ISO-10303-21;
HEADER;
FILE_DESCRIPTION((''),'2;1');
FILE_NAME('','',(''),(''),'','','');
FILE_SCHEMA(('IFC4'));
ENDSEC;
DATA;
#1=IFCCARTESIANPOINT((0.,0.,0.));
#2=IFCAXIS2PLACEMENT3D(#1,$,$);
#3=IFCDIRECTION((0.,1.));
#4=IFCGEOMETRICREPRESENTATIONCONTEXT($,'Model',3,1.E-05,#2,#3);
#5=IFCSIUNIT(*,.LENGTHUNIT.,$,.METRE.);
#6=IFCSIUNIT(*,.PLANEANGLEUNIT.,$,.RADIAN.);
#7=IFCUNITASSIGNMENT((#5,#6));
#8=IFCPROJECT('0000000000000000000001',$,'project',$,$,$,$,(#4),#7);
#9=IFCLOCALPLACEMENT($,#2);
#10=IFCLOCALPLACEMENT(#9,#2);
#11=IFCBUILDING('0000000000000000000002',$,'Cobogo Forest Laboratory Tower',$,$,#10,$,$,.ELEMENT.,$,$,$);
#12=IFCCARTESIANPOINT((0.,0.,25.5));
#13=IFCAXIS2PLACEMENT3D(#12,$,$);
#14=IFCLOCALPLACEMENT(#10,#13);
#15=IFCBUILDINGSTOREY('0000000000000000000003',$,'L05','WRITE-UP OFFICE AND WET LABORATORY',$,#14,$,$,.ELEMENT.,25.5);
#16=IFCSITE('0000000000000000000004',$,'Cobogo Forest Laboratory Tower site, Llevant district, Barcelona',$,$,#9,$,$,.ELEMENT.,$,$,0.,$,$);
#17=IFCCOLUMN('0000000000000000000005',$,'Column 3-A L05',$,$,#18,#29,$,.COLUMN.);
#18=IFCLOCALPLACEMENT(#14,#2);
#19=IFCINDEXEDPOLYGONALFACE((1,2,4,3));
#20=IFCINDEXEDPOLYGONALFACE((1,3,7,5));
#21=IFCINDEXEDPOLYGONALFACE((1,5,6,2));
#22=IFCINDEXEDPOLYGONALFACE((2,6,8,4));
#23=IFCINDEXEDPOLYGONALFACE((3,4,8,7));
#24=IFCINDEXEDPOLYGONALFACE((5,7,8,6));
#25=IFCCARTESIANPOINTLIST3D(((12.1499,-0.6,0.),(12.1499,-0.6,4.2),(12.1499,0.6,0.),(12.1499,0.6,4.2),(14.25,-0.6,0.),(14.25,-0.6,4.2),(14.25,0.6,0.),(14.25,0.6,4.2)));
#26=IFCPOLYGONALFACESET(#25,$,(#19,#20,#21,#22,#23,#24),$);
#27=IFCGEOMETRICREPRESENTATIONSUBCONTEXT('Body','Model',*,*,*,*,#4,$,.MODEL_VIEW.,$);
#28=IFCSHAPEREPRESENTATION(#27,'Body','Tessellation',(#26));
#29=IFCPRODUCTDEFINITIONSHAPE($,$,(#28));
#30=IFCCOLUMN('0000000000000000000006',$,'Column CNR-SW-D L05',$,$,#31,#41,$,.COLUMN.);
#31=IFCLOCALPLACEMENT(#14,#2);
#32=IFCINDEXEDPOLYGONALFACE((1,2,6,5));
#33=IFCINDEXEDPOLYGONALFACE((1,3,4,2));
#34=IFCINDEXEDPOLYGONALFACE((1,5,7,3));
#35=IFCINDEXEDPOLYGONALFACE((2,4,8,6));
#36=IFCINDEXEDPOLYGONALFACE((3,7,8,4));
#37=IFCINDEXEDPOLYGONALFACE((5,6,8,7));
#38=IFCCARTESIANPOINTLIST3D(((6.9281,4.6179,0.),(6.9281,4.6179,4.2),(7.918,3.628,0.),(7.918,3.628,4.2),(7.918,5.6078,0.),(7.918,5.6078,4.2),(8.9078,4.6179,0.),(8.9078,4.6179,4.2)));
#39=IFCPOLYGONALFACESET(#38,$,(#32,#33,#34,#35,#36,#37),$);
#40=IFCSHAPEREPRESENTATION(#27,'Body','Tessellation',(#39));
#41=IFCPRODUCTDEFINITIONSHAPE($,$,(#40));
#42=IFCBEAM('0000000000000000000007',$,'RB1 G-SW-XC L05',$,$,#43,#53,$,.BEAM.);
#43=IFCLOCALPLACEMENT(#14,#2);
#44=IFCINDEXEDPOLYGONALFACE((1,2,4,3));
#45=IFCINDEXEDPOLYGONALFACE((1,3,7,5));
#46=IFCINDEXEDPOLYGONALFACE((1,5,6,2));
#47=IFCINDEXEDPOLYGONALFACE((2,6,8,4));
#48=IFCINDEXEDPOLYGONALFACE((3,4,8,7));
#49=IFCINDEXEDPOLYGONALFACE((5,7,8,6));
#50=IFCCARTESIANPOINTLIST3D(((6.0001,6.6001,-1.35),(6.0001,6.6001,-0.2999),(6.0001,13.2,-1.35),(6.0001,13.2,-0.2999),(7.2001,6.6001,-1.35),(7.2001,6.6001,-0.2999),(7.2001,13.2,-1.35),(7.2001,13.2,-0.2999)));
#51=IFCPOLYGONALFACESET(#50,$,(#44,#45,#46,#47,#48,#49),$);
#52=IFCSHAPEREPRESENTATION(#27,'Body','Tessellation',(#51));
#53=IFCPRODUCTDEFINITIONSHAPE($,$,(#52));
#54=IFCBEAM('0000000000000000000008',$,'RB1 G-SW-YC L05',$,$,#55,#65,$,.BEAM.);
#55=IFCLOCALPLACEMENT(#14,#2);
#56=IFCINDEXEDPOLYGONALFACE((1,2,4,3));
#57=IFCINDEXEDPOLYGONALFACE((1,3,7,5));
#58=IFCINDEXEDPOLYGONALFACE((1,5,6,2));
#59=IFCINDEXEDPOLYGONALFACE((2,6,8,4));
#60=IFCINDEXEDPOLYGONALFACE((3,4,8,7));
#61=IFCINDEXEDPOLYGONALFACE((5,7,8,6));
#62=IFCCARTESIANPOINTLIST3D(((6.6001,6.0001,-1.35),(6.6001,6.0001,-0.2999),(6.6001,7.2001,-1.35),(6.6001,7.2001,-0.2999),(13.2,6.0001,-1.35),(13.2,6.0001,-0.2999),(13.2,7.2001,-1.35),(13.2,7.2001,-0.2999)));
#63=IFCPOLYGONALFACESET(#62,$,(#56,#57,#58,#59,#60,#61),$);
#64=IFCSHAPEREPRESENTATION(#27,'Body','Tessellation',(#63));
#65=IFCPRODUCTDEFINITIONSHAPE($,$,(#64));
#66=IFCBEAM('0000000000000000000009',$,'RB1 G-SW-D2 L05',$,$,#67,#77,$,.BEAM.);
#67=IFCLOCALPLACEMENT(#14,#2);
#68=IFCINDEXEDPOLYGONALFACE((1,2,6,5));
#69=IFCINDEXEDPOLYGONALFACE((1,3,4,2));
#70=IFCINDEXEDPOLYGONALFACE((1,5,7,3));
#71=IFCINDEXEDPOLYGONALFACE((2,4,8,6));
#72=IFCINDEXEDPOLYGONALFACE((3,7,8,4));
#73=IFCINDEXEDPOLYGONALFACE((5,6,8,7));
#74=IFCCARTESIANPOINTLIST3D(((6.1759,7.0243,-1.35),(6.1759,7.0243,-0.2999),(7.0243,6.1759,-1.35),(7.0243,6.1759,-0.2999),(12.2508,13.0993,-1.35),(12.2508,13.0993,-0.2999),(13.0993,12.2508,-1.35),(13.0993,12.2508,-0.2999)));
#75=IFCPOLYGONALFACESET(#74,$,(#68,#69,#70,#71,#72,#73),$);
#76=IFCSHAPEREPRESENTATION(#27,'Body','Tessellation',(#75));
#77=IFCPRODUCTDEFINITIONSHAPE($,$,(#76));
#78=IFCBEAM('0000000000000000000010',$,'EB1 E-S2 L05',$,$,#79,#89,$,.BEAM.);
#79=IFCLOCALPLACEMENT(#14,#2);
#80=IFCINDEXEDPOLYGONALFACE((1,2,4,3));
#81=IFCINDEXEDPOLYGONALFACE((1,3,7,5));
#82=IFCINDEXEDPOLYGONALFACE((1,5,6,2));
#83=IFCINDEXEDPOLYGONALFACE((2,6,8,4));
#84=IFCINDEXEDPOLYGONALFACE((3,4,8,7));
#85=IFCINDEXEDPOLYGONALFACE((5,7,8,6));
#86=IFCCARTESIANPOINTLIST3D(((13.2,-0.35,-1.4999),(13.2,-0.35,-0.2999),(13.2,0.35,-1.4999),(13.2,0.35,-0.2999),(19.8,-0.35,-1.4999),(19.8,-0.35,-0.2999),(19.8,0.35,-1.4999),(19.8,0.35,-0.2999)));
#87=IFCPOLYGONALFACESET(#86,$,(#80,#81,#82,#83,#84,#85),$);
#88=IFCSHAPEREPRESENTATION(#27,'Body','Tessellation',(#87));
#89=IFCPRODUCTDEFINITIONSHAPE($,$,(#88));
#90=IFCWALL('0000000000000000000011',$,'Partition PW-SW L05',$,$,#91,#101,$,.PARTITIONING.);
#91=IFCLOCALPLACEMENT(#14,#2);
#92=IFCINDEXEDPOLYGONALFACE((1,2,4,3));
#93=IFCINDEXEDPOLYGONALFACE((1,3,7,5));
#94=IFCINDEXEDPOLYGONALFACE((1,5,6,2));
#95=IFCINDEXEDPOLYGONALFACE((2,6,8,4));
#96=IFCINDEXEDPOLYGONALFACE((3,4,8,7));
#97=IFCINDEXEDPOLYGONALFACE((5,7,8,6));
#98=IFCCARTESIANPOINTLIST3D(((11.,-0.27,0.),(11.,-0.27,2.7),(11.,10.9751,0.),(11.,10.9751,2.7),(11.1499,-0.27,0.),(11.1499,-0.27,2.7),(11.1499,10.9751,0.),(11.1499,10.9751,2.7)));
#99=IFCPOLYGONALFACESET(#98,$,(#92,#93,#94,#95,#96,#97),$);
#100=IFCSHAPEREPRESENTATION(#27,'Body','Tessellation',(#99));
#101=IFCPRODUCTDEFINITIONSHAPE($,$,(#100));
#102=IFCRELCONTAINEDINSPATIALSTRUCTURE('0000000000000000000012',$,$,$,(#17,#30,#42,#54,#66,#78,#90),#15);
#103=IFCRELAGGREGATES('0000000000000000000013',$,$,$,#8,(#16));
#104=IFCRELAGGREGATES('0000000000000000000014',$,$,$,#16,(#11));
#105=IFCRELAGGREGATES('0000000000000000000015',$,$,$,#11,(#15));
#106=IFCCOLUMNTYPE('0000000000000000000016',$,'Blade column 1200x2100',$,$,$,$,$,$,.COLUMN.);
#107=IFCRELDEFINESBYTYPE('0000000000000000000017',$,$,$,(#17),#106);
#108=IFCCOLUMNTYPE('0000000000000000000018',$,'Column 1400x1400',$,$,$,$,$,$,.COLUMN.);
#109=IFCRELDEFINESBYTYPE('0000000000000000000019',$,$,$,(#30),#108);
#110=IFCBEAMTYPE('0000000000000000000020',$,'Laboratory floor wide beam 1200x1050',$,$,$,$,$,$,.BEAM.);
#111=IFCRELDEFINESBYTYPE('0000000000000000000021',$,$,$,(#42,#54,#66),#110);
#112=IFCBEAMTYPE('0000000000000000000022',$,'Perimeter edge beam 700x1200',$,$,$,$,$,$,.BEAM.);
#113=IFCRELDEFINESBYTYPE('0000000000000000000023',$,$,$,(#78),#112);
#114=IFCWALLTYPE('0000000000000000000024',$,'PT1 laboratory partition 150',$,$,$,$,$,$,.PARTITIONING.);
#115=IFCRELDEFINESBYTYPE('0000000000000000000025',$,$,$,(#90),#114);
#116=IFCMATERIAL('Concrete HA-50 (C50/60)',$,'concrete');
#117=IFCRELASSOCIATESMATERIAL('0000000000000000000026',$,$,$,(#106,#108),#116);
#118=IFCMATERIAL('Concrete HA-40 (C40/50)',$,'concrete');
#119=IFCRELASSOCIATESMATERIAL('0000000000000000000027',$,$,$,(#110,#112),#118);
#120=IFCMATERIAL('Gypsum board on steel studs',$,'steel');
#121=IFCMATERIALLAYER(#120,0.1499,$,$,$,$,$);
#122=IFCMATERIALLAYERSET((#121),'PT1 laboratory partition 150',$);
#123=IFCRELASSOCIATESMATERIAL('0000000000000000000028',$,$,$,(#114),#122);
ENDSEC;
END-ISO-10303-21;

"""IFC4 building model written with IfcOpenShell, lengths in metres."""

from ifc_helpers import new_model, si_unit, direction, frame, frame_2d, origin, origin_2d, place, context, subcontext, project, spatial, rectangle, extrude, material, layer, layer_set, material_profile, profile_set, type_object, element, save


model = new_model("IFC4")

# Units and contexts
model_context = context("Model", 3, precision=1e-05, world=origin(), true_north=direction((0.0, 1.0)))
body_context = subcontext(model_context, "Body", "Model", "MODEL_VIEW")
ifc_project = project(units=[si_unit("LENGTHUNIT", "METRE"), si_unit("PLANEANGLEUNIT", "RADIAN")], contexts=[model_context])

# Site, building, storey
site_placement = place(None, origin())
site = spatial("IfcSite", under=ifc_project, at=site_placement, Name="Cobogo Forest Laboratory Tower site, Llevant district, Barcelona", CompositionType="ELEMENT", RefElevation=0.0)
building_placement = place(site_placement, origin())
building = spatial("IfcBuilding", under=site, at=building_placement, Name="Cobogo Forest Laboratory Tower", CompositionType="ELEMENT")
storey_placement = place(building_placement, frame((0.0, 0.0, 25.5)))
storey = spatial("IfcBuildingStorey", under=building, at=storey_placement, Name="L05", Description="WRITE-UP OFFICE AND WET LABORATORY", CompositionType="ELEMENT", Elevation=25.5)

# Columns
ifc_material_1 = material(Name="Concrete HA-50 (C50/60)", Category="concrete")
ifc_material_profile_1 = material_profile(ifc_material_1, rectangle(XDim=2.1001, YDim=1.2, at=origin_2d()), Name="RC 1200x2100")
ifc_profile_set_1 = profile_set([ifc_material_profile_1], Name="Concrete HA-50 (C50/60)")
column_type_1 = type_object("IfcColumnType", Name="Blade column 1200x2100", PredefinedType="COLUMN", material=ifc_profile_set_1)
column_1_placement = place(storey_placement, frame((13.2, 0.0, 0.0), z_axis=(0.0, 0.0, 1.0), x_axis=(1.0, 0.0, 0.0)))
element("IfcColumn", 1, at=column_1_placement, inside=storey, type_object=column_type_1, Name="Column 3-A L05", PredefinedType="COLUMN", context=body_context, shape_type="SweptSolid", body=[
    extrude(rectangle(XDim=2.1001, YDim=1.2, at=origin_2d()), origin(), (0.0, 0.0, 1.0), 4.2),
])
ifc_material_profile_2 = material_profile(ifc_material_1, rectangle(XDim=1.3999, YDim=1.3999, at=origin_2d()), Name="RC 1400x1400")
ifc_profile_set_2 = profile_set([ifc_material_profile_2], Name="Concrete HA-50 (C50/60)")
column_type_2 = type_object("IfcColumnType", Name="Column 1400x1400", PredefinedType="COLUMN", material=ifc_profile_set_2)
column_2_placement = place(storey_placement, frame((7.918, 4.6179, 0.0), z_axis=(0.0, 0.0, 1.0), x_axis=(0.707107, 0.707107, 0.0)))
element("IfcColumn", 2, at=column_2_placement, inside=storey, type_object=column_type_2, Name="Column CNR-SW-D L05", PredefinedType="COLUMN", context=body_context, shape_type="SweptSolid", body=[
    extrude(rectangle(XDim=1.3999, YDim=1.3999, at=origin_2d()), origin(), (0.0, 0.0, 1.0), 4.2),
])

# Beams
ifc_material_2 = material(Name="Concrete HA-40 (C40/50)", Category="concrete")
ifc_material_profile_3 = material_profile(ifc_material_2, rectangle(XDim=1.2, YDim=1.05, at=origin_2d()), Name="RC 1200x1050")
ifc_profile_set_3 = profile_set([ifc_material_profile_3], Name="Concrete HA-40 (C40/50)")
beam_type_1 = type_object("IfcBeamType", Name="Laboratory floor wide beam 1200x1050", PredefinedType="BEAM", material=ifc_profile_set_3)
for number, where, z_axis, x_axis, name in (
    (3, (6.6001, 6.6001, -0.825), (0.0, 1.0, 0.0), (-1.0, 0.0, 0.0), "RB1 G-SW-XC L05"),
    (4, (6.6001, 6.6001, -0.825), (1.0, 0.0, 0.0), (0.0, 1.0, 0.0), "RB1 G-SW-YC L05"),
):
    element("IfcBeam", number, at=place(storey_placement, frame(where, z_axis=z_axis, x_axis=x_axis)), inside=storey, type_object=beam_type_1, Name=name, PredefinedType="BEAM", context=body_context, shape_type="SweptSolid", body=[
        extrude(rectangle(XDim=1.2, YDim=1.05, at=origin_2d()), origin(), (0.0, 0.0, 1.0), 6.5999),
    ])
beam_1_placement = place(storey_placement, frame((6.6001, 6.6001, -0.825), z_axis=(0.707107, 0.707107, 0.0), x_axis=(-0.707107, 0.707107, 0.0)))
element("IfcBeam", 5, at=beam_1_placement, inside=storey, type_object=beam_type_1, Name="RB1 G-SW-D2 L05", PredefinedType="BEAM", context=body_context, shape_type="SweptSolid", body=[
    extrude(rectangle(XDim=1.2, YDim=1.05, at=origin_2d()), origin(), (0.0, 0.0, 1.0), 8.5913),
])
ifc_material_profile_4 = material_profile(ifc_material_2, rectangle(XDim=0.7, YDim=1.2, at=origin_2d()), Name="RC 700x1200")
ifc_profile_set_4 = profile_set([ifc_material_profile_4], Name="Concrete HA-40 (C40/50)")
beam_type_2 = type_object("IfcBeamType", Name="Perimeter edge beam 700x1200", PredefinedType="BEAM", material=ifc_profile_set_4)
beam_2_placement = place(storey_placement, frame((13.2, 0.0, -0.8999), z_axis=(1.0, 0.0, 0.0), x_axis=(0.0, 1.0, 0.0)))
element("IfcBeam", 6, at=beam_2_placement, inside=storey, type_object=beam_type_2, Name="EB1 E-S2 L05", PredefinedType="BEAM", context=body_context, shape_type="SweptSolid", body=[
    extrude(rectangle(XDim=0.7, YDim=1.2, at=origin_2d()), origin(), (0.0, 0.0, 1.0), 6.6001),
])

# Wall
ifc_material_3 = material(Name="Gypsum board on steel studs", Category="steel")
ifc_layer_1 = layer(ifc_material_3, 0.1499)
ifc_layer_set_1 = layer_set([ifc_layer_1], Name="PT1 laboratory partition 150")
wall_type_1 = type_object("IfcWallType", Name="PT1 laboratory partition 150", PredefinedType="PARTITIONING", material=ifc_layer_set_1)
wall_1_placement = place(storey_placement, frame((11.075, -0.27, 0.0), z_axis=(0.0, 0.0, 1.0), x_axis=(0.0, 1.0, 0.0)))
element("IfcWall", 7, at=wall_1_placement, inside=storey, type_object=wall_type_1, Name="Partition PW-SW L05", PredefinedType="PARTITIONING", context=body_context, shape_type="SweptSolid", body=[
    extrude(rectangle(XDim=11.2451, YDim=0.1499, at=frame_2d((5.6226, 0.0))), origin(), (0.0, 0.0, 1.0), 2.7),
])

save(model, "model.ifc")
